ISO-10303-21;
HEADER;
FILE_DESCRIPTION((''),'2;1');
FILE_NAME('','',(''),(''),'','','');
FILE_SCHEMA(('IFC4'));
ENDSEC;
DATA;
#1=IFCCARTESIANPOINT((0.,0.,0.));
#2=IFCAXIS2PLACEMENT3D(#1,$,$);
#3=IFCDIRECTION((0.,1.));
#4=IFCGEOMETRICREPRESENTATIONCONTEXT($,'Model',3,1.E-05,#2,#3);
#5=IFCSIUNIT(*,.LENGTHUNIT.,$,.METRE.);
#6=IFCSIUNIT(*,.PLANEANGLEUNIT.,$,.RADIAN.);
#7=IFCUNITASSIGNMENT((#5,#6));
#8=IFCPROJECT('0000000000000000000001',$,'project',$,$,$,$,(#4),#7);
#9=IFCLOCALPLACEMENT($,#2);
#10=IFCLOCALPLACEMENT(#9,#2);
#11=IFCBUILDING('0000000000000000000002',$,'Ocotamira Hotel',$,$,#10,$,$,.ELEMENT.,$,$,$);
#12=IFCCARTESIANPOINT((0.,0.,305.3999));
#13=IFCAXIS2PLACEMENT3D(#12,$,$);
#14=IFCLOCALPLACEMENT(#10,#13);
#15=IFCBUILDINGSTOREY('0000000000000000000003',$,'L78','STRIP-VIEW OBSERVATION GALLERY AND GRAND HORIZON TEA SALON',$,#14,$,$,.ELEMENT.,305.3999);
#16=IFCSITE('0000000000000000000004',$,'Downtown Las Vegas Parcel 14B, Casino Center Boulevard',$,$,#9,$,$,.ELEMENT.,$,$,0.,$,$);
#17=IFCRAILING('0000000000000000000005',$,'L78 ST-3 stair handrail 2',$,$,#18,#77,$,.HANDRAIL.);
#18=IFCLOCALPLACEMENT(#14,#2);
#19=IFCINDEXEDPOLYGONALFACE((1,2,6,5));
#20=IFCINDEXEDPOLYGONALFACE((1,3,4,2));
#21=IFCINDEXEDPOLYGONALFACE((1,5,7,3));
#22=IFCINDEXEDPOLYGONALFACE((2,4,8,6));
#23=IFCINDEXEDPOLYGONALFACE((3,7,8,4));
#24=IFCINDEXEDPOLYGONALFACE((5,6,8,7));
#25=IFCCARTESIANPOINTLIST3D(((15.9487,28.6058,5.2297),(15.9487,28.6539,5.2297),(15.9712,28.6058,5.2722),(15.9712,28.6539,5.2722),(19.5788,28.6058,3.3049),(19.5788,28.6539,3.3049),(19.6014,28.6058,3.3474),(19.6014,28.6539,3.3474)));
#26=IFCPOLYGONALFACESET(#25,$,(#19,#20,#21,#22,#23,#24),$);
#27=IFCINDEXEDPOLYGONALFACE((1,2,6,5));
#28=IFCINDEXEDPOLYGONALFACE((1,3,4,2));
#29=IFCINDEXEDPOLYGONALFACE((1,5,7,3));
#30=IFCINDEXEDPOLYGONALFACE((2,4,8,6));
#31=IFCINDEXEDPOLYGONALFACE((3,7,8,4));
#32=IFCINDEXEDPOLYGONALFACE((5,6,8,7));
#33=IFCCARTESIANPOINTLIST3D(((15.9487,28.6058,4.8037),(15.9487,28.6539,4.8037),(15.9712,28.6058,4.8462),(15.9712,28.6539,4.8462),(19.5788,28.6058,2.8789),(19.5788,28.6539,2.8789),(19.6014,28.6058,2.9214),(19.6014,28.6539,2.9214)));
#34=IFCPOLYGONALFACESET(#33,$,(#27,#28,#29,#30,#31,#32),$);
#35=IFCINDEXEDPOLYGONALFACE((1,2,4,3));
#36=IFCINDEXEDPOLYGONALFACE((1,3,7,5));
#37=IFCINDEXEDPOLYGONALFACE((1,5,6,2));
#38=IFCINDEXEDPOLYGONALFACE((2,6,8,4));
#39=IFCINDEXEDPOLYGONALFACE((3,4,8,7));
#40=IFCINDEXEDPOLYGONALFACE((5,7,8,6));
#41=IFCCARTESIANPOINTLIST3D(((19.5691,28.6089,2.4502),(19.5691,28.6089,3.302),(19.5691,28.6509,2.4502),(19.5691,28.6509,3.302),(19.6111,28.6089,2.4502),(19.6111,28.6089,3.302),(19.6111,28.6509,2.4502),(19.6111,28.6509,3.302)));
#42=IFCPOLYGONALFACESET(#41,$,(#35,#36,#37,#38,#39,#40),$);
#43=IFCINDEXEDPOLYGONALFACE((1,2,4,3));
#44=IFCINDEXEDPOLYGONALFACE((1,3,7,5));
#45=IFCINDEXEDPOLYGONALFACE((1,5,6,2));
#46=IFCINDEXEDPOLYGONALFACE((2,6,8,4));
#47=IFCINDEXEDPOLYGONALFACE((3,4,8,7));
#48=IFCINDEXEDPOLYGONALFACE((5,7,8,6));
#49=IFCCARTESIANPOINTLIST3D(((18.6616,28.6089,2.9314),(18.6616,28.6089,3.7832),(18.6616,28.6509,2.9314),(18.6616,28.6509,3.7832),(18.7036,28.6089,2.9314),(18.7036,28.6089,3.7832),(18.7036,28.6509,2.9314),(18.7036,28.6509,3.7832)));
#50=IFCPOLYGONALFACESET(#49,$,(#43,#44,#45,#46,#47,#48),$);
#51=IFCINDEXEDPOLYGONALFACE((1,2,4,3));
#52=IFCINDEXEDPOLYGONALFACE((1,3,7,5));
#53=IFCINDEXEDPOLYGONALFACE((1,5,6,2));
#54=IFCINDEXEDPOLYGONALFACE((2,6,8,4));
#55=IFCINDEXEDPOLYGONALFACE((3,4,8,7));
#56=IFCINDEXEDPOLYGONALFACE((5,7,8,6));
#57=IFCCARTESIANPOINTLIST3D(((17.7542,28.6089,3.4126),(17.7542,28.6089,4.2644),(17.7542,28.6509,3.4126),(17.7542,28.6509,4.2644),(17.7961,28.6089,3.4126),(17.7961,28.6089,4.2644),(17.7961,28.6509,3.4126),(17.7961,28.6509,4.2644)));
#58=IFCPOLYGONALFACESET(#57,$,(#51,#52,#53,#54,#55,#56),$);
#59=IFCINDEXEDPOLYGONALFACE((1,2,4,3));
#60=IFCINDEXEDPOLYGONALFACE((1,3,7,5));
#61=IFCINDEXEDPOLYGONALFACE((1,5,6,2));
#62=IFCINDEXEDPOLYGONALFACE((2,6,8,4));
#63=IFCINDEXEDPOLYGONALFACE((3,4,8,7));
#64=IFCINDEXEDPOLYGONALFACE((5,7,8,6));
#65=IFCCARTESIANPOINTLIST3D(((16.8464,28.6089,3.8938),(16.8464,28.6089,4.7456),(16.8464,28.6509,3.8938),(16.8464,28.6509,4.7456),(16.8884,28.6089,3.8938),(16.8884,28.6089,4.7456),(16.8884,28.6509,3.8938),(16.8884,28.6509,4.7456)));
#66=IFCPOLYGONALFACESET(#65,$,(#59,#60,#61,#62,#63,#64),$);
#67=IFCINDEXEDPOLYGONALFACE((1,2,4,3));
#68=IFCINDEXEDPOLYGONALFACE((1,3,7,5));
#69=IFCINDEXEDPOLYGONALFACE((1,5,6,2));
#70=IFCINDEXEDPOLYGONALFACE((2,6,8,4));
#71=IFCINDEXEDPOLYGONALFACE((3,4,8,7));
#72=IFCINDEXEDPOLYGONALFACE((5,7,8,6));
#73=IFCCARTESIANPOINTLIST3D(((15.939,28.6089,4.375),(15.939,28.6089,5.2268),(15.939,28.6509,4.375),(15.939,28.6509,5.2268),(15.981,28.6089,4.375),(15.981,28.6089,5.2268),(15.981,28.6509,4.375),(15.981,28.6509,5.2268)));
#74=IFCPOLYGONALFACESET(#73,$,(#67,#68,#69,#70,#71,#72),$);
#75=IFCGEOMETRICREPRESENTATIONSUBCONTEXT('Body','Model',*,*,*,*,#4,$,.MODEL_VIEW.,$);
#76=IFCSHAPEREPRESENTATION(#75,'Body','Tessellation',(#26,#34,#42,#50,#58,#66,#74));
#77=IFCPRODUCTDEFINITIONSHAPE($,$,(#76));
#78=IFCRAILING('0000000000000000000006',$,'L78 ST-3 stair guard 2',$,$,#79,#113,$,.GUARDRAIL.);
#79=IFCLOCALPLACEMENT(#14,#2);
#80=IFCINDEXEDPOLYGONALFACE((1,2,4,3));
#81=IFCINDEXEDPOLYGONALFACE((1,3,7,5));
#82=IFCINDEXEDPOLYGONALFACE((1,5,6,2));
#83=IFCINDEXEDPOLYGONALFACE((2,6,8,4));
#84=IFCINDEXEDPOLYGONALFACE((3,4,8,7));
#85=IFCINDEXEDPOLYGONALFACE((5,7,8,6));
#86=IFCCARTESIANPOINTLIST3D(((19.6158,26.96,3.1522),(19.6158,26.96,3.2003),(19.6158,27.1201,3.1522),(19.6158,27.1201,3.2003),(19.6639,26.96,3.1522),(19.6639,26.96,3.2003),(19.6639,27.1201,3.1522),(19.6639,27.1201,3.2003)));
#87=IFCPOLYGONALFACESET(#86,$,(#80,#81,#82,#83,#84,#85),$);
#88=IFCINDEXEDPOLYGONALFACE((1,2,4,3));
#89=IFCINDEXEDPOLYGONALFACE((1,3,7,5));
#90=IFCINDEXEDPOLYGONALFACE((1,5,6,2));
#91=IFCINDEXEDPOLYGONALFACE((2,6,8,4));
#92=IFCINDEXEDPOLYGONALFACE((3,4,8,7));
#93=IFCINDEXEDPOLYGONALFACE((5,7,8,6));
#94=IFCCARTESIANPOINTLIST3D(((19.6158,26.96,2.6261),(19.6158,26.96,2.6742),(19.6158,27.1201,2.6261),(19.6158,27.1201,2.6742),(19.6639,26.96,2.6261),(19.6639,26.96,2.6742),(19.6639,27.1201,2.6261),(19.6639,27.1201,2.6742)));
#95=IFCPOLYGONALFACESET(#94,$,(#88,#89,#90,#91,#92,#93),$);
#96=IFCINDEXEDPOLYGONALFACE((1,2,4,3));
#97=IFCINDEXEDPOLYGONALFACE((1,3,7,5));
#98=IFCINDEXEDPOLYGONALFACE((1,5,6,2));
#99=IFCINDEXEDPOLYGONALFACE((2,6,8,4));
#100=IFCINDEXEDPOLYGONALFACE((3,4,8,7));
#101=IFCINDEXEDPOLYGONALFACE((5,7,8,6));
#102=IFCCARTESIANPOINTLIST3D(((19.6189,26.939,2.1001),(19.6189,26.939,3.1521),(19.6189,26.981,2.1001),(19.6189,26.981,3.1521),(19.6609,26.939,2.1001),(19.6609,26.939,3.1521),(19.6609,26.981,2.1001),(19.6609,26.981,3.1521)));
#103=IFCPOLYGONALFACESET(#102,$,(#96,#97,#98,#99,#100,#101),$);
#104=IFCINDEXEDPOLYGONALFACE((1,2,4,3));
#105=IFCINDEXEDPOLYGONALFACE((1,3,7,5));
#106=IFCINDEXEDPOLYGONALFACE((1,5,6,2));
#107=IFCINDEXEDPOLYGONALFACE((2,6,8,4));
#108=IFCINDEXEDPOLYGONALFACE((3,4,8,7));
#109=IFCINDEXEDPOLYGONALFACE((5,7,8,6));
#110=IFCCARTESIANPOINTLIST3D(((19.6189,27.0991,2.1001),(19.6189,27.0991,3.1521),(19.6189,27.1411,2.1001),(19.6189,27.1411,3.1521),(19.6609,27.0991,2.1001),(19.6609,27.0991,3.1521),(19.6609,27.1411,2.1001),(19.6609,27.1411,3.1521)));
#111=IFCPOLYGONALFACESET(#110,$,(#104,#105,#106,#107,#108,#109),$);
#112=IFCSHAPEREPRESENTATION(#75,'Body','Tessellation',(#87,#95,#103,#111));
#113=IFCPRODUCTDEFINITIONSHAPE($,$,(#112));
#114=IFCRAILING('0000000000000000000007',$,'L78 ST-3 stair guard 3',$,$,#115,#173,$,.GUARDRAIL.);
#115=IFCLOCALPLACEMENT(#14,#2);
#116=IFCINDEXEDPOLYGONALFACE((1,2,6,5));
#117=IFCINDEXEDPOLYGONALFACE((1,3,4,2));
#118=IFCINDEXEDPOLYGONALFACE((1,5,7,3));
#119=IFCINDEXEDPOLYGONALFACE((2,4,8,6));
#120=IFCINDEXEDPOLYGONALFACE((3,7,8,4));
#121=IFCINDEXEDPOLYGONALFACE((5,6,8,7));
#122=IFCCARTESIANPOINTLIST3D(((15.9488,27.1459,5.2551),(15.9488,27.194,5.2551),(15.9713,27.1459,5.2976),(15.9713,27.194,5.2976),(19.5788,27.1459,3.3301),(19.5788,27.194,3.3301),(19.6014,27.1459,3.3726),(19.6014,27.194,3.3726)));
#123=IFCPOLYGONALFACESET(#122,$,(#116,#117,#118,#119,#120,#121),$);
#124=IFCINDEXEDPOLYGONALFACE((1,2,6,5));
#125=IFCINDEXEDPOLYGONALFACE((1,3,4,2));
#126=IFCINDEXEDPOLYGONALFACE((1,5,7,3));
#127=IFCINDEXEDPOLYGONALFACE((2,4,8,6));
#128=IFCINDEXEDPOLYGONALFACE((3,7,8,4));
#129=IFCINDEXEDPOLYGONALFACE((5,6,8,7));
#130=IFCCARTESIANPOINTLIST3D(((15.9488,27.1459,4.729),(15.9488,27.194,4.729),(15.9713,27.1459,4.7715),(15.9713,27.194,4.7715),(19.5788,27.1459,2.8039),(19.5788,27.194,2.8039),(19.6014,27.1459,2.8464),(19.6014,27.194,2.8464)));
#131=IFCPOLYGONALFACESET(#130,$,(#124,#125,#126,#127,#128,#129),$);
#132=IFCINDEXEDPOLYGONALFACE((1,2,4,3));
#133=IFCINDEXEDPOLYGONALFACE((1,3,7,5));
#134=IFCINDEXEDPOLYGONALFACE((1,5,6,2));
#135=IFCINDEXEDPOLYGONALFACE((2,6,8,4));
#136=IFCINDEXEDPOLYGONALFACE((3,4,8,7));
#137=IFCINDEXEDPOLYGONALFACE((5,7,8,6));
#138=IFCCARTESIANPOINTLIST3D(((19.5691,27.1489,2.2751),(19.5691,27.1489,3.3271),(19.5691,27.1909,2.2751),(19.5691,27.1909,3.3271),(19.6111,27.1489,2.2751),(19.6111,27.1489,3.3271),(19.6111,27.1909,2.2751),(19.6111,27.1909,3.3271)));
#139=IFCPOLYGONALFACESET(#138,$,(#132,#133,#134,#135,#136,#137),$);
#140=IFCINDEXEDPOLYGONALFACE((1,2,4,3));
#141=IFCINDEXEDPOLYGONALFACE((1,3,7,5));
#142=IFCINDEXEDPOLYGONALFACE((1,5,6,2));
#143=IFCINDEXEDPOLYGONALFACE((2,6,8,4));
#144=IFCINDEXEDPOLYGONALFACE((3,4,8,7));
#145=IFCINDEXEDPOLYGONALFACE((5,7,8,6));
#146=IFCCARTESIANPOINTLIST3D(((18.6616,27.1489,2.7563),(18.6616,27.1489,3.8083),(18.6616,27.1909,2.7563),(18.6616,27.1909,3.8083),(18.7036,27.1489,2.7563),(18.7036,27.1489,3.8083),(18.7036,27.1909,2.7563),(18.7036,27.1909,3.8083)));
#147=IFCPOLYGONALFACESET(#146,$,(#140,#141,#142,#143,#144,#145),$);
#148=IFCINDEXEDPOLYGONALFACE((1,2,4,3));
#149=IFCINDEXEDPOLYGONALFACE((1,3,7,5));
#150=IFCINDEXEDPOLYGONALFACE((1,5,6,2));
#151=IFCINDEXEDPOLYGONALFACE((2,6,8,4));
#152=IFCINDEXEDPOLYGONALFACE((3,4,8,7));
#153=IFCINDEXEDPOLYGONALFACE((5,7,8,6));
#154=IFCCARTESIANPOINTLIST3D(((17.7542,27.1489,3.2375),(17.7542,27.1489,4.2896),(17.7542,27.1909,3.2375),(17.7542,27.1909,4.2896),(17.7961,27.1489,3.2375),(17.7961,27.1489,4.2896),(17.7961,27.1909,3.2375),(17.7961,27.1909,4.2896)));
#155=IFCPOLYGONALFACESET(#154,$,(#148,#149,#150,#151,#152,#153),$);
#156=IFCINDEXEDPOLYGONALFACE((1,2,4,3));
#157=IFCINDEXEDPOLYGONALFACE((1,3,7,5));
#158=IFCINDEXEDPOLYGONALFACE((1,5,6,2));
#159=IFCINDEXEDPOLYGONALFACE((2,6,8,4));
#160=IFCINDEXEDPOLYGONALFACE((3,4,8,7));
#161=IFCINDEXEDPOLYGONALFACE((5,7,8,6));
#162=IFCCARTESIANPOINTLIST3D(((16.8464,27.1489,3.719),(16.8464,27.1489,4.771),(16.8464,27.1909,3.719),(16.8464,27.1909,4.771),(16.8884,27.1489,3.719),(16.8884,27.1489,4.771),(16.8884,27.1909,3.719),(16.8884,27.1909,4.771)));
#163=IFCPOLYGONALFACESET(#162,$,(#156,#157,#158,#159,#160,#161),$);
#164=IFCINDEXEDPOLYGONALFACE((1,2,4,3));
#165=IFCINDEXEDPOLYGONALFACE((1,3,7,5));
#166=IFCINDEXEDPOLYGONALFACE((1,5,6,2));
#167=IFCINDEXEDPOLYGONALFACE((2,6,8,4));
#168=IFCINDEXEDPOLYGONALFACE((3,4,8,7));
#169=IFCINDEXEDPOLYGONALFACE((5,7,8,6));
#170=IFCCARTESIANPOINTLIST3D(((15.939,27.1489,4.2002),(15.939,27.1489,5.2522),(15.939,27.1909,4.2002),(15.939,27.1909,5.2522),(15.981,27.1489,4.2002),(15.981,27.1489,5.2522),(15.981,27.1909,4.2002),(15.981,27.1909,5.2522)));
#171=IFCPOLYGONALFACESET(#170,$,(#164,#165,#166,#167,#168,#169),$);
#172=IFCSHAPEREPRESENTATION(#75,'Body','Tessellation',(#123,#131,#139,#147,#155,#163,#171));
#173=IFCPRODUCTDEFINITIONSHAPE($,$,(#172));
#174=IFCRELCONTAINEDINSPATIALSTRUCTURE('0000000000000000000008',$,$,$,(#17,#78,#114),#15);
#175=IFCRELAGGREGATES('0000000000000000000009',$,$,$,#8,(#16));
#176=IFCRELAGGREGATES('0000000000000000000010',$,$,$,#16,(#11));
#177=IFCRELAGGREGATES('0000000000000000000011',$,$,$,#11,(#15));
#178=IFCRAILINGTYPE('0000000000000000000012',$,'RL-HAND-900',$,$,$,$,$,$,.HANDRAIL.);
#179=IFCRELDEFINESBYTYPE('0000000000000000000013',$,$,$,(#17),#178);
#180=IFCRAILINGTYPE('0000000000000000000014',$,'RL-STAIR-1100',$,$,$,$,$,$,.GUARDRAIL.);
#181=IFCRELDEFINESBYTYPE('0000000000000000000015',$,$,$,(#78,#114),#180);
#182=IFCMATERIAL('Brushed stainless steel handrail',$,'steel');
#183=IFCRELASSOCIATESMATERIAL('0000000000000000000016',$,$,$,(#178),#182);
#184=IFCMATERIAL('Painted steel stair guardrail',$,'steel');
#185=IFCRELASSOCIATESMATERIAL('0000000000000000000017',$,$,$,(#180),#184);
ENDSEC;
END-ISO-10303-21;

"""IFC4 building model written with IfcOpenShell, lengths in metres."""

from ifc_helpers import new_model, si_unit, direction, frame, origin, origin_2d, place, context, subcontext, project, spatial, rectangle, extrude, material, type_object, element, save


model = new_model("IFC4")

# Units and contexts
model_context = context("Model", 3, precision=1e-05, world=origin(), true_north=direction((0.0, 1.0)))
body_context = subcontext(model_context, "Body", "Model", "MODEL_VIEW")
ifc_project = project(units=[si_unit("LENGTHUNIT", "METRE"), si_unit("PLANEANGLEUNIT", "RADIAN")], contexts=[model_context])

# Site, building, storey
site_placement = place(None, origin())
site = spatial("IfcSite", under=ifc_project, at=site_placement, Name="Downtown Las Vegas Parcel 14B, Casino Center Boulevard", CompositionType="ELEMENT", RefElevation=0.0)
building_placement = place(site_placement, origin())
building = spatial("IfcBuilding", under=site, at=building_placement, Name="Ocotamira Hotel", CompositionType="ELEMENT")
storey_placement = place(building_placement, frame((0.0, 0.0, 305.3999)))
storey = spatial("IfcBuildingStorey", under=building, at=storey_placement, Name="L78", Description="STRIP-VIEW OBSERVATION GALLERY AND GRAND HORIZON TEA SALON", CompositionType="ELEMENT", Elevation=305.3999)

# Railings
ifc_material_1 = material(Name="Brushed stainless steel handrail", Category="steel")
railing_type_1 = type_object("IfcRailingType", Name="RL-HAND-900", PredefinedType="HANDRAIL", material=ifc_material_1)
railing_1_placement = place(storey_placement, frame((19.5901, 28.6299, 2.4502)))
element("IfcRailing", 1, at=railing_1_placement, inside=storey, type_object=railing_type_1, Name="L78 ST-3 stair handrail 2", PredefinedType="HANDRAIL", context=body_context, shape_type="SweptSolid", body=[
    extrude(rectangle(XDim=0.0481, YDim=0.0481, at=origin_2d()), frame((0.0, 0.0, 0.876), z_axis=(-0.883489, 0.0, 0.468453), x_axis=(0.0, -1.0, 0.0)), (0.0, 0.0, 1.0), 4.1089),
    extrude(rectangle(XDim=0.0481, YDim=0.0481, at=origin_2d()), frame((0.0, 0.0, 0.45), z_axis=(-0.883489, 0.0, 0.468453), x_axis=(0.0, -1.0, 0.0)), (0.0, 0.0, 1.0), 4.1089),
    extrude(rectangle(XDim=0.042, YDim=0.042, at=origin_2d()), origin(), (0.0, 0.0, 1.0), 0.8518),
    extrude(rectangle(XDim=0.042, YDim=0.042, at=origin_2d()), frame((-0.9075, 0.0, 0.4812)), (0.0, 0.0, 1.0), 0.8518),
    extrude(rectangle(XDim=0.042, YDim=0.042, at=origin_2d()), frame((-1.8149, 0.0, 0.9624)), (0.0, 0.0, 1.0), 0.8518),
    extrude(rectangle(XDim=0.042, YDim=0.042, at=origin_2d()), frame((-2.7227, 0.0, 1.4436)), (0.0, 0.0, 1.0), 0.8518),
    extrude(rectangle(XDim=0.042, YDim=0.042, at=origin_2d()), frame((-3.6301, 0.0, 1.9248)), (0.0, 0.0, 1.0), 0.8518),
])
ifc_material_2 = material(Name="Painted steel stair guardrail", Category="steel")
railing_type_2 = type_object("IfcRailingType", Name="RL-STAIR-1100", PredefinedType="GUARDRAIL", material=ifc_material_2)
railing_2_placement = place(storey_placement, frame((19.6399, 26.96, 2.1001)))
element("IfcRailing", 2, at=railing_2_placement, inside=storey, type_object=railing_type_2, Name="L78 ST-3 stair guard 2", PredefinedType="GUARDRAIL", context=body_context, shape_type="SweptSolid", body=[
    extrude(rectangle(XDim=0.0481, YDim=0.0481, at=origin_2d()), frame((0.0, 0.0, 1.0762), z_axis=(0.0, 1.0, 0.0), x_axis=(-1.0, 0.0, 0.0)), (0.0, 0.0, 1.0), 0.1602),
    extrude(rectangle(XDim=0.0481, YDim=0.0481, at=origin_2d()), frame((0.0, 0.0, 0.55), z_axis=(0.0, 1.0, 0.0), x_axis=(-1.0, 0.0, 0.0)), (0.0, 0.0, 1.0), 0.1602),
    extrude(rectangle(XDim=0.042, YDim=0.042, at=origin_2d()), origin(), (0.0, 0.0, 1.0), 1.052),
    extrude(rectangle(XDim=0.042, YDim=0.042, at=origin_2d()), frame((0.0, 0.1602, 0.0)), (0.0, 0.0, 1.0), 1.052),
])
railing_3_placement = place(storey_placement, frame((19.5901, 27.1699, 2.2751)))
element("IfcRailing", 3, at=railing_3_placement, inside=storey, type_object=railing_type_2, Name="L78 ST-3 stair guard 3", PredefinedType="GUARDRAIL", context=body_context, shape_type="SweptSolid", body=[
    extrude(rectangle(XDim=0.0481, YDim=0.0481, at=origin_2d()), frame((0.0, 0.0, 1.0762), z_axis=(-0.883464, 0.0, 0.468499), x_axis=(0.0, -1.0, 0.0)), (0.0, 0.0, 1.0), 4.1089),
    extrude(rectangle(XDim=0.0481, YDim=0.0481, at=origin_2d()), frame((0.0, 0.0, 0.55), z_axis=(-0.883464, 0.0, 0.468499), x_axis=(0.0, -1.0, 0.0)), (0.0, 0.0, 1.0), 4.1089),
    extrude(rectangle(XDim=0.042, YDim=0.042, at=origin_2d()), origin(), (0.0, 0.0, 1.0), 1.052),
    extrude(rectangle(XDim=0.042, YDim=0.042, at=origin_2d()), frame((-0.9075, 0.0, 0.4812)), (0.0, 0.0, 1.0), 1.052),
    extrude(rectangle(XDim=0.042, YDim=0.042, at=origin_2d()), frame((-1.8149, 0.0, 0.9624)), (0.0, 0.0, 1.0), 1.052),
    extrude(rectangle(XDim=0.042, YDim=0.042, at=origin_2d()), frame((-2.7227, 0.0, 1.4438)), (0.0, 0.0, 1.0), 1.052),
    extrude(rectangle(XDim=0.042, YDim=0.042, at=origin_2d()), frame((-3.6301, 0.0, 1.925)), (0.0, 0.0, 1.0), 1.052),
])

save(model, "model.ifc")
